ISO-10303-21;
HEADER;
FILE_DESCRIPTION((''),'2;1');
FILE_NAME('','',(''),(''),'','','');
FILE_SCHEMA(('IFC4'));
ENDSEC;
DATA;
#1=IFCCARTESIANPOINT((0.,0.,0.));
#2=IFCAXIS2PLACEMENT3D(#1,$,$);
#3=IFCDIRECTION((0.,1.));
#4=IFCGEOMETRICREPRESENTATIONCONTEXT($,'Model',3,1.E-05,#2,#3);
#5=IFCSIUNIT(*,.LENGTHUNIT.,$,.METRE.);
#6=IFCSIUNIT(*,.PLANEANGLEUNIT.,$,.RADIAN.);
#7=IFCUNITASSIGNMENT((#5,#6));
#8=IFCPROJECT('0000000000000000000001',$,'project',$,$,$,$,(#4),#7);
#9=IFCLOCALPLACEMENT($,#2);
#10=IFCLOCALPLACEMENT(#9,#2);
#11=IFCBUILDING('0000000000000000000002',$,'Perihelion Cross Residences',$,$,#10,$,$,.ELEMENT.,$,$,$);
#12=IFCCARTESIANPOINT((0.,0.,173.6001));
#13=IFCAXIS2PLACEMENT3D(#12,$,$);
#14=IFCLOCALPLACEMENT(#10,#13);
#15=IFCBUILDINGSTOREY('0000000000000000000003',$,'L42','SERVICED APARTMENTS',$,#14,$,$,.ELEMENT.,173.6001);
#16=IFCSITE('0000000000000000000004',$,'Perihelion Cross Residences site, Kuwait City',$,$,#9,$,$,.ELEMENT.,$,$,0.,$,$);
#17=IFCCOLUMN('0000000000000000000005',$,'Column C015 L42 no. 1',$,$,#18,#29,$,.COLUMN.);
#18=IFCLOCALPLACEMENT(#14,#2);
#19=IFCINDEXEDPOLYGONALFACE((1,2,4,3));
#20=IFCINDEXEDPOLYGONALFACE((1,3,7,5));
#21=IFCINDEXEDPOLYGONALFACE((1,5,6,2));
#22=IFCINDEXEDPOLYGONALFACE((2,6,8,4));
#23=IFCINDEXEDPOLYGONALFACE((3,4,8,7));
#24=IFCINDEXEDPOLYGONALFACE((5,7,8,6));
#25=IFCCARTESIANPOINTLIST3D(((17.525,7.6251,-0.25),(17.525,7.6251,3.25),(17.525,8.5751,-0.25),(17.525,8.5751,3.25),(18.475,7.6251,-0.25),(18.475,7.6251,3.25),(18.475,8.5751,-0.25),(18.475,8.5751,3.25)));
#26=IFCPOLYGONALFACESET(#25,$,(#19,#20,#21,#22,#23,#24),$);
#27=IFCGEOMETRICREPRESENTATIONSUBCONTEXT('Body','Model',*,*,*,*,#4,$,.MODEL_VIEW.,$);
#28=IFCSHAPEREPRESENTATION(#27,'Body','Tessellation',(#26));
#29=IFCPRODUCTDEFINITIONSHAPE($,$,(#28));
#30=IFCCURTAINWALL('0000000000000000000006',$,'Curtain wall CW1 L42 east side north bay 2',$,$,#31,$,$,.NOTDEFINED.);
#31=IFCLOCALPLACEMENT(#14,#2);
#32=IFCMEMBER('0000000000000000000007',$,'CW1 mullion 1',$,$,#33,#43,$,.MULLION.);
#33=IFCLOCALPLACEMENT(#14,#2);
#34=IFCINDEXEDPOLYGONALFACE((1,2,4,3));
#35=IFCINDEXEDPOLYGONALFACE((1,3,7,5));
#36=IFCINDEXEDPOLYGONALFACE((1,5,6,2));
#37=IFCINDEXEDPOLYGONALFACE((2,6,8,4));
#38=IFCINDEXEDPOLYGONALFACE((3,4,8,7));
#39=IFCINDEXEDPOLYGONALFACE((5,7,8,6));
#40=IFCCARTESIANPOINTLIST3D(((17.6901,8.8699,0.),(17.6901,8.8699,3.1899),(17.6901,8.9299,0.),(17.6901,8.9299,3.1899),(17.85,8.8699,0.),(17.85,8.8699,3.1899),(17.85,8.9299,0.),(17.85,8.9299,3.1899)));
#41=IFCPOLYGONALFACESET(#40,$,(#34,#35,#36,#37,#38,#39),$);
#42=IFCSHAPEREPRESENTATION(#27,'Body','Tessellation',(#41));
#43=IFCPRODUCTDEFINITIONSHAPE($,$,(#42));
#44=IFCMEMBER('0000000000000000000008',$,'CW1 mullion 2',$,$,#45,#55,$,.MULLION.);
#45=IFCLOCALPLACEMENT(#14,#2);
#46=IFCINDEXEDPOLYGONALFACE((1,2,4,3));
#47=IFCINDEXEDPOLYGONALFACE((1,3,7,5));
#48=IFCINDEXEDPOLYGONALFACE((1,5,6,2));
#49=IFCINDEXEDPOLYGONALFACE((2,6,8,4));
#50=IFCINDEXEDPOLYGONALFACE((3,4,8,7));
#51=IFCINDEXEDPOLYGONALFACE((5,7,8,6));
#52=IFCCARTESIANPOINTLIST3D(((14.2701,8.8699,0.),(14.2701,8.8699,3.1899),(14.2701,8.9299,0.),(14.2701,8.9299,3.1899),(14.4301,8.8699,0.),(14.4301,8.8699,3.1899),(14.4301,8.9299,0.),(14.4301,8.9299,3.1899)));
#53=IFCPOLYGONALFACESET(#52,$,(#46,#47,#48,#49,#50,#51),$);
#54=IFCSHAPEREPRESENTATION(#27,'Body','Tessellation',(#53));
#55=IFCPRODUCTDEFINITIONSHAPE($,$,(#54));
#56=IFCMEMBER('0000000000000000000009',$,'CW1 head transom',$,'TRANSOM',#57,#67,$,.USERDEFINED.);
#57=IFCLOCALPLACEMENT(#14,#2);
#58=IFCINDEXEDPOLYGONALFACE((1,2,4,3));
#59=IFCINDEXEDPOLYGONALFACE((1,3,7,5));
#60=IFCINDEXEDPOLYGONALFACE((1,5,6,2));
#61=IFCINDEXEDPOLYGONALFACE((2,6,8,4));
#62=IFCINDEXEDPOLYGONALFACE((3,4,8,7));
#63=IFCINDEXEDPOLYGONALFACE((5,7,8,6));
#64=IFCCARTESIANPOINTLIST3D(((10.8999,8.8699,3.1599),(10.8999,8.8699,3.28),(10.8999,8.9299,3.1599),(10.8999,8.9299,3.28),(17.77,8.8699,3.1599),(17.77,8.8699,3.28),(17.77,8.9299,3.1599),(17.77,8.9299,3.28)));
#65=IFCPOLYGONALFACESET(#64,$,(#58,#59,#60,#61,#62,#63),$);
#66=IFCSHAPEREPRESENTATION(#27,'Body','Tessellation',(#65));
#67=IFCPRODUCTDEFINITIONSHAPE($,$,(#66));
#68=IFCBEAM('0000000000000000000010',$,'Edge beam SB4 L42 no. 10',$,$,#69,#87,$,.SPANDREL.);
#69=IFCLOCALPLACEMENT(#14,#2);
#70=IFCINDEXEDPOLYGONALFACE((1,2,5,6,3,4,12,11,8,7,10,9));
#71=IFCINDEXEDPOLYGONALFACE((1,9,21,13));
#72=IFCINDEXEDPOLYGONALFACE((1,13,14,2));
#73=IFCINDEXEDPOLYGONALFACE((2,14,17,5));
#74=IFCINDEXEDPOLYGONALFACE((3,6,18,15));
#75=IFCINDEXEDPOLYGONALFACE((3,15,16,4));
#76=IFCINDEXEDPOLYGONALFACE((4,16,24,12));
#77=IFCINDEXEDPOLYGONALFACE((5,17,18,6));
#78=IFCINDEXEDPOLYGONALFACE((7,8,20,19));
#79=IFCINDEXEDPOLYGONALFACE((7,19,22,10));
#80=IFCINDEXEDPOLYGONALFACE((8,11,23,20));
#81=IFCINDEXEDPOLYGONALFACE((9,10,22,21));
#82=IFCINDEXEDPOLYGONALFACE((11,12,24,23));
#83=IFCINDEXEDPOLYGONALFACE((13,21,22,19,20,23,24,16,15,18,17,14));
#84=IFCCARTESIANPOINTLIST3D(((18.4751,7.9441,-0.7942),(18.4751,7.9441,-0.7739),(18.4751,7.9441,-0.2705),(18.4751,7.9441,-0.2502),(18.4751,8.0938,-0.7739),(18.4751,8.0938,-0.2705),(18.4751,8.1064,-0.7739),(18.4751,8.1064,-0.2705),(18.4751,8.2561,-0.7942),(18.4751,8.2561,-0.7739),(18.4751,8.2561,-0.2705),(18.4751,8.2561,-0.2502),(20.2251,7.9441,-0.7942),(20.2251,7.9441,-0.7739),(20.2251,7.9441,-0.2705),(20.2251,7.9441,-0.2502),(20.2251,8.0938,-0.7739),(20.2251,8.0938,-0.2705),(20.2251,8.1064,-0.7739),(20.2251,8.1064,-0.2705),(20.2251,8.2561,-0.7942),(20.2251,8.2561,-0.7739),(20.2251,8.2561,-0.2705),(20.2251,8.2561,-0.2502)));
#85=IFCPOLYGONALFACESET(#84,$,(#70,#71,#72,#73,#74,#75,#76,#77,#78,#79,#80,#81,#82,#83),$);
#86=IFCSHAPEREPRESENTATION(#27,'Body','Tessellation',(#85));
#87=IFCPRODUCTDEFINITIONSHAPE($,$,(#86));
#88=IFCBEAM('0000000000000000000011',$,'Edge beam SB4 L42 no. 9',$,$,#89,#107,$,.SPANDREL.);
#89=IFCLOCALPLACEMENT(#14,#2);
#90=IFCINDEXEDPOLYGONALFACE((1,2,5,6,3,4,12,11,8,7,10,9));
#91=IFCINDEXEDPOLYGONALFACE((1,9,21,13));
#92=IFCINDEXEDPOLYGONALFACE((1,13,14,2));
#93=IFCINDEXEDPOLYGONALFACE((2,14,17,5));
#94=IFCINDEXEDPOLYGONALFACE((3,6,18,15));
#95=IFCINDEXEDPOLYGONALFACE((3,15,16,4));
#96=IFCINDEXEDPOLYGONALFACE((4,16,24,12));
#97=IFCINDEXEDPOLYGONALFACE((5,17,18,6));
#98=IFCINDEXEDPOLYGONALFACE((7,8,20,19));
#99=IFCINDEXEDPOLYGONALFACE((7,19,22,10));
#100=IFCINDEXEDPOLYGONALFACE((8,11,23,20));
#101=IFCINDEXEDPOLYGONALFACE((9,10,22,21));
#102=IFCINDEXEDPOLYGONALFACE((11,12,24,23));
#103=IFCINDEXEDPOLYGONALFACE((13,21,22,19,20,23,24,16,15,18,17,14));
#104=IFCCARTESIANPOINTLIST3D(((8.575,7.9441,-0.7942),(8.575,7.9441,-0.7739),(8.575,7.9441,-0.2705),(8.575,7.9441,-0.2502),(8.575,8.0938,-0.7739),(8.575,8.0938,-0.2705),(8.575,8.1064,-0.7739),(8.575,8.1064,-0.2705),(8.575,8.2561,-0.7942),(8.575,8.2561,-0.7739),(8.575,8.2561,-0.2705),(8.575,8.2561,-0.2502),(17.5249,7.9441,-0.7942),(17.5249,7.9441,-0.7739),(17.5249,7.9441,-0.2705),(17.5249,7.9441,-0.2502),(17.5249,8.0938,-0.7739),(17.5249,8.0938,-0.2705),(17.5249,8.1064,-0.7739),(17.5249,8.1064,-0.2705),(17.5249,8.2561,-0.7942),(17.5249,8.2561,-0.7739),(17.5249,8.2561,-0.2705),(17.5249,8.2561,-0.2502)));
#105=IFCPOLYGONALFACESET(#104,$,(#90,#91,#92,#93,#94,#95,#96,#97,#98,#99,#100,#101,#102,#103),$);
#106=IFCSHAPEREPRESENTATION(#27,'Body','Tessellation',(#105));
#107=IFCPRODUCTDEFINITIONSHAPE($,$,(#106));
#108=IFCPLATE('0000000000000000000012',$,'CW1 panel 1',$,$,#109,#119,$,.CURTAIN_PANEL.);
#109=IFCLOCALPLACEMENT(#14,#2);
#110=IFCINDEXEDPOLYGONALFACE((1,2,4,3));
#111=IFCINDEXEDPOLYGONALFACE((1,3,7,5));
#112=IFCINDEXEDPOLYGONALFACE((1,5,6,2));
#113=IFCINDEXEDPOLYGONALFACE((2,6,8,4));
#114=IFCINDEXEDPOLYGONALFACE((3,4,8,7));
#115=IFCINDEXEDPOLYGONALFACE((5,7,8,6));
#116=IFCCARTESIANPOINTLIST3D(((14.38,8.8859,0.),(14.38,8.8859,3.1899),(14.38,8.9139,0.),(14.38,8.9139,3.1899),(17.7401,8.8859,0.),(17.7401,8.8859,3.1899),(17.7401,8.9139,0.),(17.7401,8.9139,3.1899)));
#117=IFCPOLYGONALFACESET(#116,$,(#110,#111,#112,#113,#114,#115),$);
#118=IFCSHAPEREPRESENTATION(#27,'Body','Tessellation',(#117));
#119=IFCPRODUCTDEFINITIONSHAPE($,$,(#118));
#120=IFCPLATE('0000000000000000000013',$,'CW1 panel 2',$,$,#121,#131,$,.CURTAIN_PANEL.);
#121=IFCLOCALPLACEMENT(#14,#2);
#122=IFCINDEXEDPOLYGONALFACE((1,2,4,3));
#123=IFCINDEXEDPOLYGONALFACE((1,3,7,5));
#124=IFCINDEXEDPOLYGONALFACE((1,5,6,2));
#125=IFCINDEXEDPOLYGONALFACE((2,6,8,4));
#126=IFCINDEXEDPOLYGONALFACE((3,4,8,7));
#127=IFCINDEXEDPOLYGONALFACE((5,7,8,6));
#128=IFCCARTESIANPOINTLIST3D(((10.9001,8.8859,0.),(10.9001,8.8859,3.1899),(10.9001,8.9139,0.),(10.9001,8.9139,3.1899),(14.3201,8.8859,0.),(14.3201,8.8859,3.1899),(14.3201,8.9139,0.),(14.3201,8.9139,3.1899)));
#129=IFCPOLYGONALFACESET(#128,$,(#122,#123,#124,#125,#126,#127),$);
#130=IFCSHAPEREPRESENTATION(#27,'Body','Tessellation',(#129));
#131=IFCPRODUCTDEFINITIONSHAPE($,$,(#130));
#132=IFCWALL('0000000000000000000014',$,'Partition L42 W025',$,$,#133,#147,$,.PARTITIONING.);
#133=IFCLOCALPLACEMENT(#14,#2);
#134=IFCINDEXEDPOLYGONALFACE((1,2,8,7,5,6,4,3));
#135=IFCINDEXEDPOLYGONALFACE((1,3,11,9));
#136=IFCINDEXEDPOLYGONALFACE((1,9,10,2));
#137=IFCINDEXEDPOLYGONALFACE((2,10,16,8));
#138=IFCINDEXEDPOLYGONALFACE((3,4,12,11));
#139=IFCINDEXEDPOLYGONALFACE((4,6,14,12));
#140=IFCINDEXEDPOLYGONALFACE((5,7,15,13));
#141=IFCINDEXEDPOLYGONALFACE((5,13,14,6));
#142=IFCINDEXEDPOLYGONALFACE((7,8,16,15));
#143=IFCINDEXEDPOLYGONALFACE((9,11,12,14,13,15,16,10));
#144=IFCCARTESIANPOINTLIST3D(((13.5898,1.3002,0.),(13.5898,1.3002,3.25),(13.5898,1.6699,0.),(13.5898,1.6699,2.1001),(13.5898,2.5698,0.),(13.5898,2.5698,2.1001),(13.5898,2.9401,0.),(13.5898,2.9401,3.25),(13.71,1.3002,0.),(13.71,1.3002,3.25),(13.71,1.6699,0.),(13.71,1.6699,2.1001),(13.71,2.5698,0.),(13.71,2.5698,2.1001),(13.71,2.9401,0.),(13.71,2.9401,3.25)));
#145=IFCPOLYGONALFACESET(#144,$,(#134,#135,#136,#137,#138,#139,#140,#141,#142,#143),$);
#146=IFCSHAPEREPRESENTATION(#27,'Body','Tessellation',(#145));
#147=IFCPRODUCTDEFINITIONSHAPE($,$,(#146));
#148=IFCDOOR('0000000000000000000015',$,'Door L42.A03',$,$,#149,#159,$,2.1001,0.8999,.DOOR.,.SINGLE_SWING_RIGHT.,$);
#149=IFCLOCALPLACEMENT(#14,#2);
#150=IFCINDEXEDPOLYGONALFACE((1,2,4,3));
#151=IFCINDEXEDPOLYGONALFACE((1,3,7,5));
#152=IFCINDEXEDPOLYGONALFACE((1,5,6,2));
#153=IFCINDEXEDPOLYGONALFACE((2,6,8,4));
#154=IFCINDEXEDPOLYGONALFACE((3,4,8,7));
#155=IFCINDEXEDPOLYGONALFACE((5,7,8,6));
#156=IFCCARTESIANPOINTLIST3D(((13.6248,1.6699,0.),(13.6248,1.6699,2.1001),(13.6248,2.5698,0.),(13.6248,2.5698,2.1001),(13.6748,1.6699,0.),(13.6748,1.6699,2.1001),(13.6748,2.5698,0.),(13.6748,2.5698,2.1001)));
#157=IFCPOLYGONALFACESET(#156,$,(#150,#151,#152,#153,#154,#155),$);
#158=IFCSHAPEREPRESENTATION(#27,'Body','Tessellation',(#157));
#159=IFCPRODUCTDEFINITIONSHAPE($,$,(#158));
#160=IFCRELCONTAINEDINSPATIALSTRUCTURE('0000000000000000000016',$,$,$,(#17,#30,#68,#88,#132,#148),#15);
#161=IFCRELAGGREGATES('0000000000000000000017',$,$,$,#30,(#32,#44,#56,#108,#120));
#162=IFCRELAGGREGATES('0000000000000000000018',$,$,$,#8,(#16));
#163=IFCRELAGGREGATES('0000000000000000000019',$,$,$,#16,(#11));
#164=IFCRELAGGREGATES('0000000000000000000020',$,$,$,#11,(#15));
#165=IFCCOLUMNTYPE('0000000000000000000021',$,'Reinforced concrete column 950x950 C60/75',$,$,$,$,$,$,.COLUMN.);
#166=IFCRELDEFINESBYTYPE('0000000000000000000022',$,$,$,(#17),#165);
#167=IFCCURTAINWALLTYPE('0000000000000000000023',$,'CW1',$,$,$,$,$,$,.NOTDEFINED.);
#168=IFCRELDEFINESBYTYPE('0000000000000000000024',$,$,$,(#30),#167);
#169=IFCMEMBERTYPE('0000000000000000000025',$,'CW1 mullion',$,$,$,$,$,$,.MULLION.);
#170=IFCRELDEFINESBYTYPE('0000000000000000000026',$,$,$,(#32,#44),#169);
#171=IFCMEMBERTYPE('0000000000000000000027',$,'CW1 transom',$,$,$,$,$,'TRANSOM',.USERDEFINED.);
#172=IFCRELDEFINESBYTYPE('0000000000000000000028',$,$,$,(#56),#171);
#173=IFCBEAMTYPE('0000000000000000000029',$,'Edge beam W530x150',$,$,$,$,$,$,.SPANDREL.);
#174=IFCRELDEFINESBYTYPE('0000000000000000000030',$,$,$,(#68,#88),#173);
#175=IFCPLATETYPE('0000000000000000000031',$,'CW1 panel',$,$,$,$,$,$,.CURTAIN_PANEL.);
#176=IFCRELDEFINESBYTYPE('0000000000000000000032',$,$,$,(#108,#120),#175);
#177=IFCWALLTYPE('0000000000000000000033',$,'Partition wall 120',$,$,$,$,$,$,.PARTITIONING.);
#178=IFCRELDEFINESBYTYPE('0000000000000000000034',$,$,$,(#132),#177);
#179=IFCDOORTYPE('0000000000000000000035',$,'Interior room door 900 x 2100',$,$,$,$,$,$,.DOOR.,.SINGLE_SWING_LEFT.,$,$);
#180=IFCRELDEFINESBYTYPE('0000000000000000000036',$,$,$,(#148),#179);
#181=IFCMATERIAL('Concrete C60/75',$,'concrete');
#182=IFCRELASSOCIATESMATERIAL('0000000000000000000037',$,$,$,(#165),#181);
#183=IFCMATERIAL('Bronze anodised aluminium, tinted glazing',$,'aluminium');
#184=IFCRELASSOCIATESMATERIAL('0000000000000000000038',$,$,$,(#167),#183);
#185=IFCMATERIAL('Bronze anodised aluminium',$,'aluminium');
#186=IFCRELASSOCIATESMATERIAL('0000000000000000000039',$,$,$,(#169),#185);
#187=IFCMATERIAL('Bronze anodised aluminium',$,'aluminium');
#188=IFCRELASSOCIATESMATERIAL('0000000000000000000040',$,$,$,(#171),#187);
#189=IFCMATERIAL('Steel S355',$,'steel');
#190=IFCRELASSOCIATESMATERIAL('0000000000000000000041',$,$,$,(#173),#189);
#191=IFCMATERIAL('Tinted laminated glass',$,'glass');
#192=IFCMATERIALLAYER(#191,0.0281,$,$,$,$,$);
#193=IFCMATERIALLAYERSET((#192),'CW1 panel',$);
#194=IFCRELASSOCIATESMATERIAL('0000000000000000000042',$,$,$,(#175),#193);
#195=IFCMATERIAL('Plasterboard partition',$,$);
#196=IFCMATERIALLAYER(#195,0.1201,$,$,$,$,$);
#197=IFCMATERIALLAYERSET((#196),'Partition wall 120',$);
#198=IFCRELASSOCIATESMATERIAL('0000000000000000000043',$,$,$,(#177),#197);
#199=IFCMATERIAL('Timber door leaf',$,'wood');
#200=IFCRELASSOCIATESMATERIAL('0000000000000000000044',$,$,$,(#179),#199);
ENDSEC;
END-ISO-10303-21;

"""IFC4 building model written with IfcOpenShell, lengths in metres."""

from ifc_helpers import new_model, si_unit, direction, frame, frame_2d, origin, origin_2d, place, context, subcontext, project, spatial, rectangle, i_section, extrude, material, layer, layer_set, material_profile, profile_set, type_object, element, fill, aggregate, save


model = new_model("IFC4")

# Units and contexts
model_context = context("Model", 3, precision=1e-05, world=origin(), true_north=direction((0.0, 1.0)))
body_context = subcontext(model_context, "Body", "Model", "MODEL_VIEW")
ifc_project = project(units=[si_unit("LENGTHUNIT", "METRE"), si_unit("PLANEANGLEUNIT", "RADIAN")], contexts=[model_context])

# Site, building, storey
site_placement = place(None, origin())
site = spatial("IfcSite", under=ifc_project, at=site_placement, Name="Perihelion Cross Residences site, Kuwait City", CompositionType="ELEMENT", RefElevation=0.0)
building_placement = place(site_placement, origin())
building = spatial("IfcBuilding", under=site, at=building_placement, Name="Perihelion Cross Residences", CompositionType="ELEMENT")
storey_placement = place(building_placement, frame((0.0, 0.0, 173.6001)))
storey = spatial("IfcBuildingStorey", under=building, at=storey_placement, Name="L42", Description="SERVICED APARTMENTS", CompositionType="ELEMENT", Elevation=173.6001)

# Column
ifc_material_1 = material(Name="Concrete C60/75", Category="concrete")
ifc_material_profile_1 = material_profile(ifc_material_1, rectangle(XDim=0.95, YDim=0.95, at=origin_2d()), Name="RC 950x950")
ifc_profile_set_1 = profile_set([ifc_material_profile_1], Name="Concrete C60/75")
column_type = type_object("IfcColumnType", Name="Reinforced concrete column 950x950 C60/75", PredefinedType="COLUMN", material=ifc_profile_set_1)
column_placement = place(storey_placement, frame((18.0, 8.1001, -0.25), z_axis=(0.0, 0.0, 1.0), x_axis=(1.0, 0.0, 0.0)))
element("IfcColumn", 1, at=column_placement, inside=storey, type_object=column_type, Name="Column C015 L42 no. 1", PredefinedType="COLUMN", context=body_context, shape_type="SweptSolid", body=[
    extrude(rectangle(XDim=0.95, YDim=0.95, at=origin_2d()), origin(), (0.0, 0.0, 1.0), 3.5),
])

# Curtain wall, members
ifc_material_2 = material(Name="Bronze anodised aluminium, tinted glazing", Category="aluminium")
curtain_wall_type = type_object("IfcCurtainWallType", Name="CW1", PredefinedType="NOTDEFINED", material=ifc_material_2)
curtain_wall_placement = place(storey_placement, origin())
curtain_wall = element("IfcCurtainWall", 2, at=curtain_wall_placement, inside=storey, type_object=curtain_wall_type, Name="Curtain wall CW1 L42 east side north bay 2", PredefinedType="NOTDEFINED")
ifc_material_3 = material(Name="Bronze anodised aluminium", Category="aluminium")
ifc_material_profile_2 = material_profile(ifc_material_3, rectangle(XDim=0.0601, YDim=0.1599, at=origin_2d()), Name="CW1 mullion")
ifc_profile_set_2 = profile_set([ifc_material_profile_2], Name="Bronze anodised aluminium")
member_type_1 = type_object("IfcMemberType", Name="CW1 mullion", PredefinedType="MULLION", material=ifc_profile_set_2)
member_1_placement = place(storey_placement, frame((17.77, 8.8999, 0.0), z_axis=(0.0, 0.0, 1.0), x_axis=(0.0, -1.0, 0.0)))
member_1 = element("IfcMember", 3, at=member_1_placement, type_object=member_type_1, Name="CW1 mullion 1", PredefinedType="MULLION", context=body_context, shape_type="SweptSolid", body=[
    extrude(rectangle(XDim=0.0601, YDim=0.1599, at=origin_2d()), origin(), (0.0, 0.0, 1.0), 3.1899),
])
member_2_placement = place(storey_placement, frame((14.3501, 8.8999, 0.0), z_axis=(0.0, 0.0, 1.0), x_axis=(0.0, -1.0, 0.0)))
member_2 = element("IfcMember", 4, at=member_2_placement, type_object=member_type_1, Name="CW1 mullion 2", PredefinedType="MULLION", context=body_context, shape_type="SweptSolid", body=[
    extrude(rectangle(XDim=0.0601, YDim=0.1599, at=origin_2d()), origin(), (0.0, 0.0, 1.0), 3.1899),
])
ifc_material_4 = material(Name="Bronze anodised aluminium", Category="aluminium")
ifc_material_profile_3 = material_profile(ifc_material_4, rectangle(XDim=0.0601, YDim=0.1201, at=origin_2d()), Name="CW1 transom")
ifc_profile_set_3 = profile_set([ifc_material_profile_3], Name="Bronze anodised aluminium")
member_type_2 = type_object("IfcMemberType", Name="CW1 transom", ElementType="TRANSOM", PredefinedType="USERDEFINED", material=ifc_profile_set_3)
member_3_placement = place(storey_placement, frame((17.77, 8.8999, 3.22), z_axis=(-1.0, 0.0, 0.0), x_axis=(0.0, -1.0, 0.0)))
member_3 = element("IfcMember", 5, at=member_3_placement, type_object=member_type_2, Name="CW1 head transom", ObjectType="TRANSOM", PredefinedType="USERDEFINED", context=body_context, shape_type="SweptSolid", body=[
    extrude(rectangle(XDim=0.0601, YDim=0.1201, at=origin_2d()), origin(), (0.0, 0.0, 1.0), 6.8701),
])

# Beams
ifc_material_5 = material(Name="Steel S355", Category="steel")
ifc_material_profile_4 = material_profile(ifc_material_5, i_section(OverallWidth=0.312, OverallDepth=0.5439, WebThickness=0.0127, FlangeThickness=0.0203, at=origin_2d()), Name="W530x150")
ifc_profile_set_4 = profile_set([ifc_material_profile_4], Name="Steel S355")
beam_type = type_object("IfcBeamType", Name="Edge beam W530x150", PredefinedType="SPANDREL", material=ifc_profile_set_4)
beam_1_placement = place(storey_placement, frame((20.2251, 8.1001, -0.5222), z_axis=(-1.0, 0.0, 0.0), x_axis=(0.0, -1.0, 0.0)))
element("IfcBeam", 6, at=beam_1_placement, inside=storey, type_object=beam_type, Name="Edge beam SB4 L42 no. 10", PredefinedType="SPANDREL", context=body_context, shape_type="SweptSolid", body=[
    extrude(i_section(OverallWidth=0.312, OverallDepth=0.5439, WebThickness=0.0127, FlangeThickness=0.0203, at=origin_2d()), origin(), (0.0, 0.0, 1.0), 1.75),
])
beam_2_placement = place(storey_placement, frame((17.5249, 8.1001, -0.5222), z_axis=(-1.0, 0.0, 0.0), x_axis=(0.0, -1.0, 0.0)))
element("IfcBeam", 7, at=beam_2_placement, inside=storey, type_object=beam_type, Name="Edge beam SB4 L42 no. 9", PredefinedType="SPANDREL", context=body_context, shape_type="SweptSolid", body=[
    extrude(i_section(OverallWidth=0.312, OverallDepth=0.5439, WebThickness=0.0127, FlangeThickness=0.0203, at=origin_2d()), origin(), (0.0, 0.0, 1.0), 8.95),
])

# Plates
ifc_material_6 = material(Name="Tinted laminated glass", Category="glass")
ifc_layer_1 = layer(ifc_material_6, 0.0281)
ifc_layer_set_1 = layer_set([ifc_layer_1], Name="CW1 panel")
plate_type = type_object("IfcPlateType", Name="CW1 panel", PredefinedType="CURTAIN_PANEL", material=ifc_layer_set_1)
plate_1_placement = place(storey_placement, frame((16.0601, 8.8999, 0.0), z_axis=(0.0, 0.0, 1.0), x_axis=(-1.0, 0.0, 0.0)))
plate_1 = element("IfcPlate", 8, at=plate_1_placement, type_object=plate_type, Name="CW1 panel 1", PredefinedType="CURTAIN_PANEL", context=body_context, shape_type="SweptSolid", body=[
    extrude(rectangle(XDim=3.3601, YDim=0.0281, at=origin_2d()), origin(), (0.0, 0.0, 1.0), 3.1899),
])
plate_2_placement = place(storey_placement, frame((12.6101, 8.8999, 0.0), z_axis=(0.0, 0.0, 1.0), x_axis=(-1.0, 0.0, 0.0)))
plate_2 = element("IfcPlate", 9, at=plate_2_placement, type_object=plate_type, Name="CW1 panel 2", PredefinedType="CURTAIN_PANEL", context=body_context, shape_type="SweptSolid", body=[
    extrude(rectangle(XDim=3.4199, YDim=0.0281, at=origin_2d()), origin(), (0.0, 0.0, 1.0), 3.1899),
])
aggregate(curtain_wall, [member_1, member_2, member_3, plate_1, plate_2])

# Wall, opening, door
ifc_material_7 = material(Name="Plasterboard partition")
ifc_layer_2 = layer(ifc_material_7, 0.1201)
ifc_layer_set_2 = layer_set([ifc_layer_2], Name="Partition wall 120")
wall_type_1 = type_object("IfcWallType", Name="Partition wall 120", PredefinedType="PARTITIONING", material=ifc_layer_set_2)
wall_1_placement = place(storey_placement, frame((13.6499, 2.9399, 0.0), z_axis=(0.0, 0.0, 1.0), x_axis=(0.0, -1.0, 0.0)))
wall_1 = element("IfcWall", 10, at=wall_1_placement, inside=storey, type_object=wall_type_1, Name="Partition L42 W025", PredefinedType="PARTITIONING", context=body_context, shape_type="SweptSolid", body=[
    extrude(rectangle(XDim=1.6399, YDim=0.1201, at=frame_2d((0.8198, 0.0))), origin(), (0.0, 0.0, 1.0), 3.25),
])
opening_1_placement = place(wall_1_placement, frame((0.3701, 0.0, 0.0)))
opening_1 = element("IfcOpeningElement", 11, at=opening_1_placement, cuts=wall_1, PredefinedType="OPENING", context=body_context, shape_type="SweptSolid", body=[
    extrude(rectangle(XDim=0.8999, YDim=2.1001, at=frame_2d((0.45, 1.05))), frame((0.0, 0.0701, 0.0), z_axis=(0.0, -1.0, 0.0), x_axis=(1.0, 0.0, 0.0)), (0.0, 0.0, 1.0), 0.1401),
])
ifc_material_8 = material(Name="Timber door leaf", Category="wood")
door_type_1 = type_object("IfcDoorType", Name="Interior room door 900 x 2100", OperationType="SINGLE_SWING_LEFT", PredefinedType="DOOR", material=ifc_material_8)
door_1_placement = place(opening_1_placement, origin())
door_1 = element("IfcDoor", 12, at=door_1_placement, inside=storey, type_object=door_type_1, Name="Door L42.A03", OperationType="SINGLE_SWING_RIGHT", OverallHeight=2.1001, OverallWidth=0.8999, PredefinedType="DOOR", context=body_context, shape_type="SweptSolid", body=[
    extrude(rectangle(XDim=0.8999, YDim=2.1001, at=frame_2d((0.45, 1.05))), frame((0.0, 0.0249, 0.0), z_axis=(0.0, -1.0, 0.0), x_axis=(1.0, 0.0, 0.0)), (0.0, 0.0, 1.0), 0.05),
])
fill(opening_1, door_1)

save(model, "model.ifc")
